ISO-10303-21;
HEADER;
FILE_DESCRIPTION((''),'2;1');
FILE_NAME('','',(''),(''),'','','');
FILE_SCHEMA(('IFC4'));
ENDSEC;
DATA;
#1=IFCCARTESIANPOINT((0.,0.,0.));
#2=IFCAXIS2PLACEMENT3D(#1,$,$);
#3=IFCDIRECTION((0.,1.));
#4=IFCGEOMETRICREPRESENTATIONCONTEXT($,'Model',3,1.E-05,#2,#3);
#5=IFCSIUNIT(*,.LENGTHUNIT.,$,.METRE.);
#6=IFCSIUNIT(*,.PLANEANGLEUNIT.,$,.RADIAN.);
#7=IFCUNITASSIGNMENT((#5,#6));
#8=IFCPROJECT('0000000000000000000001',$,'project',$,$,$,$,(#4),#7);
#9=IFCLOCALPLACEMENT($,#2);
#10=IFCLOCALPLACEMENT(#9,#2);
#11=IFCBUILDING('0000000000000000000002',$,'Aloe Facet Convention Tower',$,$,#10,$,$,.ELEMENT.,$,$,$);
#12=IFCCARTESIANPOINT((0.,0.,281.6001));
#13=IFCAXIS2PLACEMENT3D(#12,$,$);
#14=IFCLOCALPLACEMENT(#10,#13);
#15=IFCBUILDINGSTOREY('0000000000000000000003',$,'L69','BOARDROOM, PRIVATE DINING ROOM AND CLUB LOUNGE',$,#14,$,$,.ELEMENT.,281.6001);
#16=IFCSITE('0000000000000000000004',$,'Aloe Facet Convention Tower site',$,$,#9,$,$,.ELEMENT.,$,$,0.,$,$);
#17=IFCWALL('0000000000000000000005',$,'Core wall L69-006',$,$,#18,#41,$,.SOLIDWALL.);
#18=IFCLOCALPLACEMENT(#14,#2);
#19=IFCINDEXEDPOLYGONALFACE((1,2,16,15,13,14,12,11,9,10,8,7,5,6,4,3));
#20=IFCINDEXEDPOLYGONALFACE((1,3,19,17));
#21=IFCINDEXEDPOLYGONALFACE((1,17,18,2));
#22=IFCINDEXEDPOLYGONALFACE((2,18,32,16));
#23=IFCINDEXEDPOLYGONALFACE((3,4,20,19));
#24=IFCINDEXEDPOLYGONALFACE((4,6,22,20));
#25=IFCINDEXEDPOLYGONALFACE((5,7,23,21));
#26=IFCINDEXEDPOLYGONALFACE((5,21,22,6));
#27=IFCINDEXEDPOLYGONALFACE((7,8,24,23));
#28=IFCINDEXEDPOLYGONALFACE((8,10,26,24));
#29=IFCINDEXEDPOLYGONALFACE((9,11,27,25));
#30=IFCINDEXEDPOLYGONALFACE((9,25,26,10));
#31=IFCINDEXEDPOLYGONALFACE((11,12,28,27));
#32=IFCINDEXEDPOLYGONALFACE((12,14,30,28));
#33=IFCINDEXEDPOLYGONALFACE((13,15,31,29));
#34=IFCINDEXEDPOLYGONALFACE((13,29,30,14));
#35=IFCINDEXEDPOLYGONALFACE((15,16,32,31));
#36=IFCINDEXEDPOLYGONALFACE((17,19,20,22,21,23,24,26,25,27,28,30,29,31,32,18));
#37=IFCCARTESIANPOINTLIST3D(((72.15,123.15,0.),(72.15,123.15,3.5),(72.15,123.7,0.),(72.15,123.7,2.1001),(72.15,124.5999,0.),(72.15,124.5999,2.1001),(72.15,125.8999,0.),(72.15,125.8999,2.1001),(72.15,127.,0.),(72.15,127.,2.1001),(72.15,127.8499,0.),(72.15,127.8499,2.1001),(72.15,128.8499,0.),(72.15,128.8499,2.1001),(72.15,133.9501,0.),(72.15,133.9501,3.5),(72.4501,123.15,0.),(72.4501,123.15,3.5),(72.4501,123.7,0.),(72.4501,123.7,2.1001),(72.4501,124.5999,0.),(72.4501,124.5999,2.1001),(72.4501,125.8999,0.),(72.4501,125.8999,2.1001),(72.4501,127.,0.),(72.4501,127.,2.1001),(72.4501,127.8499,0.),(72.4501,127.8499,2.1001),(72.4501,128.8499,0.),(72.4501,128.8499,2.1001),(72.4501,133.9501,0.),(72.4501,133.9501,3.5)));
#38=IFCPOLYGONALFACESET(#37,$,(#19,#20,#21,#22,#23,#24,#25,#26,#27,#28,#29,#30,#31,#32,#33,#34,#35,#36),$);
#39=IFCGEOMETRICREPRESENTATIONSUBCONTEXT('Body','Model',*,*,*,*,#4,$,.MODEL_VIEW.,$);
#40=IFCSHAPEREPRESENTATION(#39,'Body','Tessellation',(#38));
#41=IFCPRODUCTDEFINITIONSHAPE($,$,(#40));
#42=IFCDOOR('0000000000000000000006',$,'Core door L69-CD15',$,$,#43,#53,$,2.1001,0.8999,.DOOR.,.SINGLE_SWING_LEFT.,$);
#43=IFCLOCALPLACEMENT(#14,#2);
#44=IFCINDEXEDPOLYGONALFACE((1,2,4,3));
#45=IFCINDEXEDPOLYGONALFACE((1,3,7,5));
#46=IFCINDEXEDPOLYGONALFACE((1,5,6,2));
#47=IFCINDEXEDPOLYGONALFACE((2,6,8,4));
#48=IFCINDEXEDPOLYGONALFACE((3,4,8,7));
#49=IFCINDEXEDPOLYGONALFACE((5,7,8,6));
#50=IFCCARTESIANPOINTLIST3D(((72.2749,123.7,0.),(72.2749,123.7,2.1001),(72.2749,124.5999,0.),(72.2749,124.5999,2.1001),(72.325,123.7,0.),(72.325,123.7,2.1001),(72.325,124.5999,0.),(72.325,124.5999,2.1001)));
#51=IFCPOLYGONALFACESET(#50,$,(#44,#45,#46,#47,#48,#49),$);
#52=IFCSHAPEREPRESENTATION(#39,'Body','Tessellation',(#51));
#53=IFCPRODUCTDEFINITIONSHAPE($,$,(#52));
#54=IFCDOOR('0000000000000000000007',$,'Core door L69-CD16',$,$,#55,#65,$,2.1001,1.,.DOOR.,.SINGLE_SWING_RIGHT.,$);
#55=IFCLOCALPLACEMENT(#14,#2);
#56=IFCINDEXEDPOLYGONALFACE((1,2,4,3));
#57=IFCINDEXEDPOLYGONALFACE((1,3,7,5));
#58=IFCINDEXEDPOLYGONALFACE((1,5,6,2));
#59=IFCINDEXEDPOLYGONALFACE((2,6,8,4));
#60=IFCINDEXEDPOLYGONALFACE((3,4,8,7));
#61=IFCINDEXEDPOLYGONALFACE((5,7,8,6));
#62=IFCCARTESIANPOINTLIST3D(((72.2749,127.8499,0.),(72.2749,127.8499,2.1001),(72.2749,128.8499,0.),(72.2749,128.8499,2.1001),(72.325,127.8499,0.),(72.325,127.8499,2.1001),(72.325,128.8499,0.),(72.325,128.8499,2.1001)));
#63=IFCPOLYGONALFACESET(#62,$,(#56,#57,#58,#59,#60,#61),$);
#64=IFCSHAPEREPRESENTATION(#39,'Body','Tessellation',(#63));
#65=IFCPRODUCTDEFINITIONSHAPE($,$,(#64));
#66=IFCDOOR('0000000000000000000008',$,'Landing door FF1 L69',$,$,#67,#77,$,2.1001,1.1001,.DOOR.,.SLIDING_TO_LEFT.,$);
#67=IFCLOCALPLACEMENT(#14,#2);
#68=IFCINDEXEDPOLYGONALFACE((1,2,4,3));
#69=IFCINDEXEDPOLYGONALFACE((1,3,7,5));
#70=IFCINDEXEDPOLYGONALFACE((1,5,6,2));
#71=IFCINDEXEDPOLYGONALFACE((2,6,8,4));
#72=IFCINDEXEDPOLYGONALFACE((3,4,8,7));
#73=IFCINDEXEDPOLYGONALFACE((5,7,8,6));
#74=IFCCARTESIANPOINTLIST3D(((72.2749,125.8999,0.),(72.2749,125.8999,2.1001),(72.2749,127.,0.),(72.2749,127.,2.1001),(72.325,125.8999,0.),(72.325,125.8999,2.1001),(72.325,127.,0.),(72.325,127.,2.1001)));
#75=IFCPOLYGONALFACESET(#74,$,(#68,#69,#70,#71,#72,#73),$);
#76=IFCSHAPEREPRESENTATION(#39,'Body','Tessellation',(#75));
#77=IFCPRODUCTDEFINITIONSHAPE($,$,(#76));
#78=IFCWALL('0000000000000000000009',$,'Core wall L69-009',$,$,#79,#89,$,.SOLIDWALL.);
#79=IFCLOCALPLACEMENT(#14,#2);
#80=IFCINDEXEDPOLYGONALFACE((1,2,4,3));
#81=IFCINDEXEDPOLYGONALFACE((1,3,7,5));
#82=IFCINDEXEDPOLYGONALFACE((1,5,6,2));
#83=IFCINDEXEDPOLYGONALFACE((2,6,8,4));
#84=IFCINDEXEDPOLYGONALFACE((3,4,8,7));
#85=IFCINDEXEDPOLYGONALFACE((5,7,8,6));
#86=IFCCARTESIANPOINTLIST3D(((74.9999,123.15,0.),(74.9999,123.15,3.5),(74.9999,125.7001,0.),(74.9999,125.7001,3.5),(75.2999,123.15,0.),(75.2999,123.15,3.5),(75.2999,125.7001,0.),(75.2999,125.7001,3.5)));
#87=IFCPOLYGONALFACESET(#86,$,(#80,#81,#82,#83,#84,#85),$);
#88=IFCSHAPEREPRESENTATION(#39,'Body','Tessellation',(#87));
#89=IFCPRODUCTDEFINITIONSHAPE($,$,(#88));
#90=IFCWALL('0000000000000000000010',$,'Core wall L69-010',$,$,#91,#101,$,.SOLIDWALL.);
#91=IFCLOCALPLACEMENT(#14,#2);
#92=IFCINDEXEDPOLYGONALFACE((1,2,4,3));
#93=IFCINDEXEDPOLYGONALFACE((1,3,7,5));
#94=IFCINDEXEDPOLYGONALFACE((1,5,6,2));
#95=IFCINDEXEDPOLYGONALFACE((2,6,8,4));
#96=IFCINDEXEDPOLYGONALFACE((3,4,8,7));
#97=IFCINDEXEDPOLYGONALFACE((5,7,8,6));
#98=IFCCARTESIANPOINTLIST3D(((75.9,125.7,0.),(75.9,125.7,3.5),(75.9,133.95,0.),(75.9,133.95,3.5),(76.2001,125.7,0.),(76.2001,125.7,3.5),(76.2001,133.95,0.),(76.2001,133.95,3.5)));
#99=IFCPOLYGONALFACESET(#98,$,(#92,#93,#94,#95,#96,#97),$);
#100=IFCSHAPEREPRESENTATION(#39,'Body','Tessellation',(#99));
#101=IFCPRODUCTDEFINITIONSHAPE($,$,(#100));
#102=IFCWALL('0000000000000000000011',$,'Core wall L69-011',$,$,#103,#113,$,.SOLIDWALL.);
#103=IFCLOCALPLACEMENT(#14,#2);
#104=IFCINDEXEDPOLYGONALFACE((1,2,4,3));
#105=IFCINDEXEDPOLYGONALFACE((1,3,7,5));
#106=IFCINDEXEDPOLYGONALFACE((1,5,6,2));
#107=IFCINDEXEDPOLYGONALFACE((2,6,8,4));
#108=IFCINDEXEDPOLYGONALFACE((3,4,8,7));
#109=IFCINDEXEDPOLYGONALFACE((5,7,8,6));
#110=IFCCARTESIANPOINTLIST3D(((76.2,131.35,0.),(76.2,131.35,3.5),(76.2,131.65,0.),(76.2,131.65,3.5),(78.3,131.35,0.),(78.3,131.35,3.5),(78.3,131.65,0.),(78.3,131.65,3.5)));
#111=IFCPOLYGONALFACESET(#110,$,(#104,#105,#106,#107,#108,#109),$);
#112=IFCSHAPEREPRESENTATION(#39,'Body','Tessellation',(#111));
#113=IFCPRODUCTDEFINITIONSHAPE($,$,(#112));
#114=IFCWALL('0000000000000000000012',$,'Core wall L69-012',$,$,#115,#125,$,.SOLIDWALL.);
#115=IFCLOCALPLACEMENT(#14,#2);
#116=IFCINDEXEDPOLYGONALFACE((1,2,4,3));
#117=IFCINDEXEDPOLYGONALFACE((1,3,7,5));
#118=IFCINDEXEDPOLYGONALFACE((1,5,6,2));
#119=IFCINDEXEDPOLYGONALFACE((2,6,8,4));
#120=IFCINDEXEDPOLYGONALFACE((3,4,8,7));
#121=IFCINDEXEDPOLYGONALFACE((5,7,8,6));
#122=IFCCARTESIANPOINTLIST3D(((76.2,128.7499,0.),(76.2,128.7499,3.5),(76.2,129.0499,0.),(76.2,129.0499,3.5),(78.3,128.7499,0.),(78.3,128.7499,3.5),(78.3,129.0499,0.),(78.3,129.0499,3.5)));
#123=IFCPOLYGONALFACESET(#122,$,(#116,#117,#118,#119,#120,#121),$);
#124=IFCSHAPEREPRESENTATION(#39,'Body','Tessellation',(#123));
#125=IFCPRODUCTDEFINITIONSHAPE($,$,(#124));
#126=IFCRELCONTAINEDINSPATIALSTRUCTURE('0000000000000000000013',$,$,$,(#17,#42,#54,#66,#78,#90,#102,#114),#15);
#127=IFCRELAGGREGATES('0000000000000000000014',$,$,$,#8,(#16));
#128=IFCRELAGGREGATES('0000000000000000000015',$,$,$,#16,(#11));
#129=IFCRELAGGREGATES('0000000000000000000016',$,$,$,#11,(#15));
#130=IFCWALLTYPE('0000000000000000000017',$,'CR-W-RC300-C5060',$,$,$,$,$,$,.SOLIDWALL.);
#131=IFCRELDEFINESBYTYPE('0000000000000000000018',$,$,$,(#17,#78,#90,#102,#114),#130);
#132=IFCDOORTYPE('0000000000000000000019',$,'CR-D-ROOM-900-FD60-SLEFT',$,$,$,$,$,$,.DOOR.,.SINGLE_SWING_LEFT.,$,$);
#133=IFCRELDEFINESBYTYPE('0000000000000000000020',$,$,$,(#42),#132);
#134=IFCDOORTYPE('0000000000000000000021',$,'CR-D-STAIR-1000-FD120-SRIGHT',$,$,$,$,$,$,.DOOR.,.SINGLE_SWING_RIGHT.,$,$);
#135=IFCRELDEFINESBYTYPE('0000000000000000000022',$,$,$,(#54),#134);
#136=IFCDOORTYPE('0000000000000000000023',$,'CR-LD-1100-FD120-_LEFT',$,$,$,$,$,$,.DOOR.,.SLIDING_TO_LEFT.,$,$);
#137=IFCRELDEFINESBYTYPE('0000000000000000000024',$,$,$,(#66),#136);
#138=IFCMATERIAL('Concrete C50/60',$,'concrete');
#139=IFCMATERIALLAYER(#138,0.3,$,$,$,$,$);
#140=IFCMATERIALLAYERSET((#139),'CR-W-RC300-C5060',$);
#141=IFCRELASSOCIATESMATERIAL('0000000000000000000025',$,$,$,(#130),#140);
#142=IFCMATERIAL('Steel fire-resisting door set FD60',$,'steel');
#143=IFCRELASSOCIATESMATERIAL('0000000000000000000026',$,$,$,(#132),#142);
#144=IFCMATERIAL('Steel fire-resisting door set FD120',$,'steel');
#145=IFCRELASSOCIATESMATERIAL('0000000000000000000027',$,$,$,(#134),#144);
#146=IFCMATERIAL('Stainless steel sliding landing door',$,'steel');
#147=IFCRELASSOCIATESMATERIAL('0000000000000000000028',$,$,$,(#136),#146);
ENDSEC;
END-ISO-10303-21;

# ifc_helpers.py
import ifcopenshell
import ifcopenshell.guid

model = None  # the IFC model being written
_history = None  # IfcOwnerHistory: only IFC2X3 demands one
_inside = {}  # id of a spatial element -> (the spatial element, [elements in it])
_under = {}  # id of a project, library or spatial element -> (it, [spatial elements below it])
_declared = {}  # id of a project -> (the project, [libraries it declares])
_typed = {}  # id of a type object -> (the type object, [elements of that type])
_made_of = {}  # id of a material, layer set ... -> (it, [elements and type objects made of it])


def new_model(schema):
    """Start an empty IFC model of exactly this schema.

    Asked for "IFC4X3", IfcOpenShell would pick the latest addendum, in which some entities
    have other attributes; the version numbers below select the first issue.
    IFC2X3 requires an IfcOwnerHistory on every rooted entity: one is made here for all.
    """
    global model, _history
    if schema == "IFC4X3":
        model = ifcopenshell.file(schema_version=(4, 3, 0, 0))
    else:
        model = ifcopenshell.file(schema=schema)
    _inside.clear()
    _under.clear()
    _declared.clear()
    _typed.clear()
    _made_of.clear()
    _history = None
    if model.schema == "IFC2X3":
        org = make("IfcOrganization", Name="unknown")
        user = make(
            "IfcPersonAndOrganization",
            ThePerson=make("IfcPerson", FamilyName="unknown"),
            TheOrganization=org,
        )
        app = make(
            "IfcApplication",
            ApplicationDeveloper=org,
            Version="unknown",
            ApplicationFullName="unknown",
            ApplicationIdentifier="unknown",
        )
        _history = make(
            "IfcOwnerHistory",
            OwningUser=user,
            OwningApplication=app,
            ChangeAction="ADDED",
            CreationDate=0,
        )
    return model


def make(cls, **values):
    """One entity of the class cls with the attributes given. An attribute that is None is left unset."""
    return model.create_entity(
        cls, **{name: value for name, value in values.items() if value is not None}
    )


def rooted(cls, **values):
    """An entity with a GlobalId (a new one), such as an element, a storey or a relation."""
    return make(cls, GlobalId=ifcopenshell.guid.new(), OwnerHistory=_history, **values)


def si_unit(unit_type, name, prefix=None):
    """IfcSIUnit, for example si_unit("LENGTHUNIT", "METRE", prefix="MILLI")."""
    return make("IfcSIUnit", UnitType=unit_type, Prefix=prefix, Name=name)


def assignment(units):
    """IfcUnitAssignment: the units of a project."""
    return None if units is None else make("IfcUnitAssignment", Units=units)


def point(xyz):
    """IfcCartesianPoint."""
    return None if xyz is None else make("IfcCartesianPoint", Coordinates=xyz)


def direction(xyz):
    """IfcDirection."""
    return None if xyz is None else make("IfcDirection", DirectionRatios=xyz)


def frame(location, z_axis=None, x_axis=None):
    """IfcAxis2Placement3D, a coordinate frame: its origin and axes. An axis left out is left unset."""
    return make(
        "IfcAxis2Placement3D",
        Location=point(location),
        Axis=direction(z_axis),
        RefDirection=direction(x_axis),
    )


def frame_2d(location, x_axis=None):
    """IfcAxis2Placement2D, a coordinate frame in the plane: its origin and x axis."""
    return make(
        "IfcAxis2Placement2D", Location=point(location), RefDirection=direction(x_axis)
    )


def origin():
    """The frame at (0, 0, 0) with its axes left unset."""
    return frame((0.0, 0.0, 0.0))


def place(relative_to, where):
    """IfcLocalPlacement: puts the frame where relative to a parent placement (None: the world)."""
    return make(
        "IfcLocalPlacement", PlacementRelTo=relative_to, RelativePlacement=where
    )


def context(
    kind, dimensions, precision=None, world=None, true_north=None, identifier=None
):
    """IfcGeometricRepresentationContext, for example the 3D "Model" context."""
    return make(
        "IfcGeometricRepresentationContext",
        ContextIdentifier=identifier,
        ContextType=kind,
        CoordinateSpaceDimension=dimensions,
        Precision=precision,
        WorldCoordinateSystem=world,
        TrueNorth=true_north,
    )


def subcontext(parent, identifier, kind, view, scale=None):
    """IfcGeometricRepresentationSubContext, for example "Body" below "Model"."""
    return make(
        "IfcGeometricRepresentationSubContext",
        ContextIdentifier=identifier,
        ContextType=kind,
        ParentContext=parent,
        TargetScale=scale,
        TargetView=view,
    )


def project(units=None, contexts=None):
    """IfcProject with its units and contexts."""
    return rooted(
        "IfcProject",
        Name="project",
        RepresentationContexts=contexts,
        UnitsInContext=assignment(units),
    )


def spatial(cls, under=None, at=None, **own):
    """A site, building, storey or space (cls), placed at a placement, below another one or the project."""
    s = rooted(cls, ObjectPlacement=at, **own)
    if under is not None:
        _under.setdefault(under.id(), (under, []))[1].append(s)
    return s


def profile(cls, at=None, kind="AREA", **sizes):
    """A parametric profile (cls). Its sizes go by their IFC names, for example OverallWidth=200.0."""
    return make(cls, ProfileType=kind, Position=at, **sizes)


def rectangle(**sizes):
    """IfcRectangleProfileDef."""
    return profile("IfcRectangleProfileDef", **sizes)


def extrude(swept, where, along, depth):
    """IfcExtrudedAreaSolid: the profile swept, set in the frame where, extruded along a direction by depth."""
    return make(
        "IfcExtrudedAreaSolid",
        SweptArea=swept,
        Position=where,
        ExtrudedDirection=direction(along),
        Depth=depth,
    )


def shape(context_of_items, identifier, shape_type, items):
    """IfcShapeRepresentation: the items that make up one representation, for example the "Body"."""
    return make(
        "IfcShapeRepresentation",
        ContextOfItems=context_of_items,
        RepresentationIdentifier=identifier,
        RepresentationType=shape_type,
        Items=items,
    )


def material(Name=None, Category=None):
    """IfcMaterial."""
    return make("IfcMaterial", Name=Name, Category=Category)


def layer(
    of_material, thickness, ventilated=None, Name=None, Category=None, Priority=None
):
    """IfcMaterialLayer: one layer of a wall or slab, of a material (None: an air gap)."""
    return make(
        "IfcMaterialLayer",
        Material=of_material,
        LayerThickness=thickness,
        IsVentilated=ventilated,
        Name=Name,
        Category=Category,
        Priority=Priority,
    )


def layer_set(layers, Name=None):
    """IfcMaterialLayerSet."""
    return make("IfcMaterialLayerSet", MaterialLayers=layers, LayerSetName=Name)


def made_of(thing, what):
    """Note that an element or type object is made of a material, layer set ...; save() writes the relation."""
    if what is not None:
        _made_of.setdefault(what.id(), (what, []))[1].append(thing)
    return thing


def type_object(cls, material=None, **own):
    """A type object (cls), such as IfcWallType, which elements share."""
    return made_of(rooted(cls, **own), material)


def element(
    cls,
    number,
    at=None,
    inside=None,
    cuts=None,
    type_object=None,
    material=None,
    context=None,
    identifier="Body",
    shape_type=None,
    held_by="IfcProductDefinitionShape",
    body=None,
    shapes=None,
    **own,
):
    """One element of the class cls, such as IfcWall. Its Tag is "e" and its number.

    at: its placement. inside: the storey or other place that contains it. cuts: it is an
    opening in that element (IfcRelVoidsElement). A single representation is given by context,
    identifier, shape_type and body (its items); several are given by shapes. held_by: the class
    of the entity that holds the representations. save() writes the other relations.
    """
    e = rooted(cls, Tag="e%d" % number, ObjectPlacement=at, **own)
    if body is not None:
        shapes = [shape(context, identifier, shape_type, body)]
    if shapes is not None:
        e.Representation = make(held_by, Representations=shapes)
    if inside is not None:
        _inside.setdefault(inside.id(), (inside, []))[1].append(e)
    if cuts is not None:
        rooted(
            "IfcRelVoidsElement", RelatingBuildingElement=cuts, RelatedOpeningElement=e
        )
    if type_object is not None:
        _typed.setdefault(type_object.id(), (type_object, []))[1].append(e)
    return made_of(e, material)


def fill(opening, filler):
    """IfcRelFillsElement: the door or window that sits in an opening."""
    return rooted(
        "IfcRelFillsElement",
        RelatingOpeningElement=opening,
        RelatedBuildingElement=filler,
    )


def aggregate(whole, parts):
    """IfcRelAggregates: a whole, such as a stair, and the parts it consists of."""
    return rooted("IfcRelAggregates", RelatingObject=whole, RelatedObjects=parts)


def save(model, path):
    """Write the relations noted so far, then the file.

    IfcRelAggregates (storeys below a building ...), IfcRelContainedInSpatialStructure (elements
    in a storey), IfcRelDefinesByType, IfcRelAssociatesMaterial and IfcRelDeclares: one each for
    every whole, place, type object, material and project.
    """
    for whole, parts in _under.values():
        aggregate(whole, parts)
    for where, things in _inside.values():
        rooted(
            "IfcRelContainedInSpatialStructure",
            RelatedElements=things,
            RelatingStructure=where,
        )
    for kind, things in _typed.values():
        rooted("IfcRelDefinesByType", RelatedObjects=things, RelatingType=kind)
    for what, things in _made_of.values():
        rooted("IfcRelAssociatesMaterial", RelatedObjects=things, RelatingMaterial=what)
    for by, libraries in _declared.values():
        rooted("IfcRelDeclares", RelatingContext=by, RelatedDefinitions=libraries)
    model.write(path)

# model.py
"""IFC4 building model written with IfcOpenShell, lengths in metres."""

from ifc_helpers import new_model, si_unit, direction, frame, frame_2d, origin, place, context, subcontext, project, spatial, rectangle, extrude, material, layer, layer_set, type_object, element, fill, save


model = new_model("IFC4")

# Units and contexts
model_context = context("Model", 3, precision=1e-05, world=origin(), true_north=direction((0.0, 1.0)))
body_context = subcontext(model_context, "Body", "Model", "MODEL_VIEW")
ifc_project = project(units=[si_unit("LENGTHUNIT", "METRE"), si_unit("PLANEANGLEUNIT", "RADIAN")], contexts=[model_context])

# Site, building, storey
site_placement = place(None, origin())
site = spatial("IfcSite", under=ifc_project, at=site_placement, Name="Aloe Facet Convention Tower site", CompositionType="ELEMENT", RefElevation=0.0)
building_placement = place(site_placement, origin())
building = spatial("IfcBuilding", under=site, at=building_placement, Name="Aloe Facet Convention Tower", CompositionType="ELEMENT")
storey_placement = place(building_placement, frame((0.0, 0.0, 281.6001)))
storey = spatial("IfcBuildingStorey", under=building, at=storey_placement, Name="L69", Description="BOARDROOM, PRIVATE DINING ROOM AND CLUB LOUNGE", CompositionType="ELEMENT", Elevation=281.6001)

# Wall, openings, doors
ifc_material_1 = material(Name="Concrete C50/60", Category="concrete")
ifc_layer_1 = layer(ifc_material_1, 0.3)
ifc_layer_set_1 = layer_set([ifc_layer_1], Name="CR-W-RC300-C5060")
wall_type_1 = type_object("IfcWallType", Name="CR-W-RC300-C5060", PredefinedType="SOLIDWALL", material=ifc_layer_set_1)
wall_1_placement = place(storey_placement, frame((72.3, 133.95, 0.0), z_axis=(0.0, 0.0, 1.0), x_axis=(0.0, -1.0, 0.0)))
wall_1 = element("IfcWall", 1, at=wall_1_placement, inside=storey, type_object=wall_type_1, Name="Core wall L69-006", PredefinedType="SOLIDWALL", context=body_context, shape_type="SweptSolid", body=[
    extrude(rectangle(XDim=10.8, YDim=0.3, at=frame_2d((5.3999, 0.0))), origin(), (0.0, 0.0, 1.0), 3.5),
])
opening_1_placement = place(wall_1_placement, frame((6.95, 0.0, 0.0)))
opening_1 = element("IfcOpeningElement", 2, at=opening_1_placement, cuts=wall_1, PredefinedType="OPENING", context=body_context, shape_type="SweptSolid", body=[
    extrude(rectangle(XDim=1.1001, YDim=2.1001, at=frame_2d((0.55, 1.05))), frame((0.0, 0.1602, 0.0), z_axis=(0.0, -1.0, 0.0), x_axis=(1.0, 0.0, 0.0)), (0.0, 0.0, 1.0), 0.3201),
])
opening_2_placement = place(wall_1_placement, frame((9.3501, 0.0, 0.0)))
opening_2 = element("IfcOpeningElement", 3, at=opening_2_placement, cuts=wall_1, PredefinedType="OPENING", context=body_context, shape_type="SweptSolid", body=[
    extrude(rectangle(XDim=0.8999, YDim=2.1001, at=frame_2d((0.45, 1.05))), frame((0.0, 0.1602, 0.0), z_axis=(0.0, -1.0, 0.0), x_axis=(1.0, 0.0, 0.0)), (0.0, 0.0, 1.0), 0.3201),
])
opening_3_placement = place(wall_1_placement, frame((5.1001, 0.0, 0.0)))
opening_3 = element("IfcOpeningElement", 4, at=opening_3_placement, cuts=wall_1, PredefinedType="OPENING", context=body_context, shape_type="SweptSolid", body=[
    extrude(rectangle(XDim=1.0, YDim=2.1001, at=frame_2d((0.5, 1.05))), frame((0.0, 0.1602, 0.0), z_axis=(0.0, -1.0, 0.0), x_axis=(1.0, 0.0, 0.0)), (0.0, 0.0, 1.0), 0.3201),
])
ifc_material_2 = material(Name="Steel fire-resisting door set FD60", Category="steel")
door_type_1 = type_object("IfcDoorType", Name="CR-D-ROOM-900-FD60-SLEFT", OperationType="SINGLE_SWING_LEFT", PredefinedType="DOOR", material=ifc_material_2)
door_1_placement = place(opening_2_placement, origin())
door_1 = element("IfcDoor", 5, at=door_1_placement, inside=storey, type_object=door_type_1, Name="Core door L69-CD15", OperationType="SINGLE_SWING_LEFT", OverallHeight=2.1001, OverallWidth=0.8999, PredefinedType="DOOR", context=body_context, shape_type="SweptSolid", body=[
    extrude(rectangle(XDim=0.8999, YDim=2.1001, at=frame_2d((0.45, 1.05))), frame((0.0, 0.0249, 0.0), z_axis=(0.0, -1.0, 0.0), x_axis=(1.0, 0.0, 0.0)), (0.0, 0.0, 1.0), 0.05),
])
fill(opening_2, door_1)
ifc_material_3 = material(Name="Steel fire-resisting door set FD120", Category="steel")
door_type_2 = type_object("IfcDoorType", Name="CR-D-STAIR-1000-FD120-SRIGHT", OperationType="SINGLE_SWING_RIGHT", PredefinedType="DOOR", material=ifc_material_3)
door_2_placement = place(opening_3_placement, origin())
door_2 = element("IfcDoor", 6, at=door_2_placement, inside=storey, type_object=door_type_2, Name="Core door L69-CD16", OperationType="SINGLE_SWING_RIGHT", OverallHeight=2.1001, OverallWidth=1.0, PredefinedType="DOOR", context=body_context, shape_type="SweptSolid", body=[
    extrude(rectangle(XDim=1.0, YDim=2.1001, at=frame_2d((0.5, 1.05))), frame((0.0, 0.0249, 0.0), z_axis=(0.0, -1.0, 0.0), x_axis=(1.0, 0.0, 0.0)), (0.0, 0.0, 1.0), 0.05),
])
fill(opening_3, door_2)
ifc_material_4 = material(Name="Stainless steel sliding landing door", Category="steel")
door_type_3 = type_object("IfcDoorType", Name="CR-LD-1100-FD120-_LEFT", OperationType="SLIDING_TO_LEFT", PredefinedType="DOOR", material=ifc_material_4)
door_3_placement = place(opening_1_placement, origin())
door_3 = element("IfcDoor", 7, at=door_3_placement, inside=storey, type_object=door_type_3, Name="Landing door FF1 L69", OperationType="SLIDING_TO_LEFT", OverallHeight=2.1001, OverallWidth=1.1001, PredefinedType="DOOR", context=body_context, shape_type="SweptSolid", body=[
    extrude(rectangle(XDim=1.1001, YDim=2.1001, at=frame_2d((0.55, 1.05))), frame((0.0, 0.0249, 0.0), z_axis=(0.0, -1.0, 0.0), x_axis=(1.0, 0.0, 0.0)), (0.0, 0.0, 1.0), 0.05),
])
fill(opening_1, door_3)

# Walls
wall_2_placement = place(storey_placement, frame((75.1499, 125.7, 0.0), z_axis=(0.0, 0.0, 1.0), x_axis=(0.0, -1.0, 0.0)))
element("IfcWall", 8, at=wall_2_placement, inside=storey, type_object=wall_type_1, Name="Core wall L69-009", PredefinedType="SOLIDWALL", context=body_context, shape_type="SweptSolid", body=[
    extrude(rectangle(XDim=2.55, YDim=0.3, at=frame_2d((1.2749, 0.0))), origin(), (0.0, 0.0, 1.0), 3.5),
])
wall_3_placement = place(storey_placement, frame((76.05, 133.95, 0.0), z_axis=(0.0, 0.0, 1.0), x_axis=(0.0, -1.0, 0.0)))
element("IfcWall", 9, at=wall_3_placement, inside=storey, type_object=wall_type_1, Name="Core wall L69-010", PredefinedType="SOLIDWALL", context=body_context, shape_type="SweptSolid", body=[
    extrude(rectangle(XDim=8.25, YDim=0.3, at=frame_2d((4.125, 0.0))), origin(), (0.0, 0.0, 1.0), 3.5),
])
for number, where, z_axis, x_axis, name in (
    (10, (76.2, 131.5, 0.0), (0.0, 0.0, 1.0), (1.0, 0.0, 0.0), "Core wall L69-011"),
    (11, (76.2, 128.8999, 0.0), (0.0, 0.0, 1.0), (1.0, 0.0, 0.0), "Core wall L69-012"),
):
    element("IfcWall", number, at=place(storey_placement, frame(where, z_axis=z_axis, x_axis=x_axis)), inside=storey, type_object=wall_type_1, Name=name, PredefinedType="SOLIDWALL", context=body_context, shape_type="SweptSolid", body=[
        extrude(rectangle(XDim=2.1001, YDim=0.3, at=frame_2d((1.05, 0.0))), origin(), (0.0, 0.0, 1.0), 3.5),
    ])

save(model, "model.ifc")
